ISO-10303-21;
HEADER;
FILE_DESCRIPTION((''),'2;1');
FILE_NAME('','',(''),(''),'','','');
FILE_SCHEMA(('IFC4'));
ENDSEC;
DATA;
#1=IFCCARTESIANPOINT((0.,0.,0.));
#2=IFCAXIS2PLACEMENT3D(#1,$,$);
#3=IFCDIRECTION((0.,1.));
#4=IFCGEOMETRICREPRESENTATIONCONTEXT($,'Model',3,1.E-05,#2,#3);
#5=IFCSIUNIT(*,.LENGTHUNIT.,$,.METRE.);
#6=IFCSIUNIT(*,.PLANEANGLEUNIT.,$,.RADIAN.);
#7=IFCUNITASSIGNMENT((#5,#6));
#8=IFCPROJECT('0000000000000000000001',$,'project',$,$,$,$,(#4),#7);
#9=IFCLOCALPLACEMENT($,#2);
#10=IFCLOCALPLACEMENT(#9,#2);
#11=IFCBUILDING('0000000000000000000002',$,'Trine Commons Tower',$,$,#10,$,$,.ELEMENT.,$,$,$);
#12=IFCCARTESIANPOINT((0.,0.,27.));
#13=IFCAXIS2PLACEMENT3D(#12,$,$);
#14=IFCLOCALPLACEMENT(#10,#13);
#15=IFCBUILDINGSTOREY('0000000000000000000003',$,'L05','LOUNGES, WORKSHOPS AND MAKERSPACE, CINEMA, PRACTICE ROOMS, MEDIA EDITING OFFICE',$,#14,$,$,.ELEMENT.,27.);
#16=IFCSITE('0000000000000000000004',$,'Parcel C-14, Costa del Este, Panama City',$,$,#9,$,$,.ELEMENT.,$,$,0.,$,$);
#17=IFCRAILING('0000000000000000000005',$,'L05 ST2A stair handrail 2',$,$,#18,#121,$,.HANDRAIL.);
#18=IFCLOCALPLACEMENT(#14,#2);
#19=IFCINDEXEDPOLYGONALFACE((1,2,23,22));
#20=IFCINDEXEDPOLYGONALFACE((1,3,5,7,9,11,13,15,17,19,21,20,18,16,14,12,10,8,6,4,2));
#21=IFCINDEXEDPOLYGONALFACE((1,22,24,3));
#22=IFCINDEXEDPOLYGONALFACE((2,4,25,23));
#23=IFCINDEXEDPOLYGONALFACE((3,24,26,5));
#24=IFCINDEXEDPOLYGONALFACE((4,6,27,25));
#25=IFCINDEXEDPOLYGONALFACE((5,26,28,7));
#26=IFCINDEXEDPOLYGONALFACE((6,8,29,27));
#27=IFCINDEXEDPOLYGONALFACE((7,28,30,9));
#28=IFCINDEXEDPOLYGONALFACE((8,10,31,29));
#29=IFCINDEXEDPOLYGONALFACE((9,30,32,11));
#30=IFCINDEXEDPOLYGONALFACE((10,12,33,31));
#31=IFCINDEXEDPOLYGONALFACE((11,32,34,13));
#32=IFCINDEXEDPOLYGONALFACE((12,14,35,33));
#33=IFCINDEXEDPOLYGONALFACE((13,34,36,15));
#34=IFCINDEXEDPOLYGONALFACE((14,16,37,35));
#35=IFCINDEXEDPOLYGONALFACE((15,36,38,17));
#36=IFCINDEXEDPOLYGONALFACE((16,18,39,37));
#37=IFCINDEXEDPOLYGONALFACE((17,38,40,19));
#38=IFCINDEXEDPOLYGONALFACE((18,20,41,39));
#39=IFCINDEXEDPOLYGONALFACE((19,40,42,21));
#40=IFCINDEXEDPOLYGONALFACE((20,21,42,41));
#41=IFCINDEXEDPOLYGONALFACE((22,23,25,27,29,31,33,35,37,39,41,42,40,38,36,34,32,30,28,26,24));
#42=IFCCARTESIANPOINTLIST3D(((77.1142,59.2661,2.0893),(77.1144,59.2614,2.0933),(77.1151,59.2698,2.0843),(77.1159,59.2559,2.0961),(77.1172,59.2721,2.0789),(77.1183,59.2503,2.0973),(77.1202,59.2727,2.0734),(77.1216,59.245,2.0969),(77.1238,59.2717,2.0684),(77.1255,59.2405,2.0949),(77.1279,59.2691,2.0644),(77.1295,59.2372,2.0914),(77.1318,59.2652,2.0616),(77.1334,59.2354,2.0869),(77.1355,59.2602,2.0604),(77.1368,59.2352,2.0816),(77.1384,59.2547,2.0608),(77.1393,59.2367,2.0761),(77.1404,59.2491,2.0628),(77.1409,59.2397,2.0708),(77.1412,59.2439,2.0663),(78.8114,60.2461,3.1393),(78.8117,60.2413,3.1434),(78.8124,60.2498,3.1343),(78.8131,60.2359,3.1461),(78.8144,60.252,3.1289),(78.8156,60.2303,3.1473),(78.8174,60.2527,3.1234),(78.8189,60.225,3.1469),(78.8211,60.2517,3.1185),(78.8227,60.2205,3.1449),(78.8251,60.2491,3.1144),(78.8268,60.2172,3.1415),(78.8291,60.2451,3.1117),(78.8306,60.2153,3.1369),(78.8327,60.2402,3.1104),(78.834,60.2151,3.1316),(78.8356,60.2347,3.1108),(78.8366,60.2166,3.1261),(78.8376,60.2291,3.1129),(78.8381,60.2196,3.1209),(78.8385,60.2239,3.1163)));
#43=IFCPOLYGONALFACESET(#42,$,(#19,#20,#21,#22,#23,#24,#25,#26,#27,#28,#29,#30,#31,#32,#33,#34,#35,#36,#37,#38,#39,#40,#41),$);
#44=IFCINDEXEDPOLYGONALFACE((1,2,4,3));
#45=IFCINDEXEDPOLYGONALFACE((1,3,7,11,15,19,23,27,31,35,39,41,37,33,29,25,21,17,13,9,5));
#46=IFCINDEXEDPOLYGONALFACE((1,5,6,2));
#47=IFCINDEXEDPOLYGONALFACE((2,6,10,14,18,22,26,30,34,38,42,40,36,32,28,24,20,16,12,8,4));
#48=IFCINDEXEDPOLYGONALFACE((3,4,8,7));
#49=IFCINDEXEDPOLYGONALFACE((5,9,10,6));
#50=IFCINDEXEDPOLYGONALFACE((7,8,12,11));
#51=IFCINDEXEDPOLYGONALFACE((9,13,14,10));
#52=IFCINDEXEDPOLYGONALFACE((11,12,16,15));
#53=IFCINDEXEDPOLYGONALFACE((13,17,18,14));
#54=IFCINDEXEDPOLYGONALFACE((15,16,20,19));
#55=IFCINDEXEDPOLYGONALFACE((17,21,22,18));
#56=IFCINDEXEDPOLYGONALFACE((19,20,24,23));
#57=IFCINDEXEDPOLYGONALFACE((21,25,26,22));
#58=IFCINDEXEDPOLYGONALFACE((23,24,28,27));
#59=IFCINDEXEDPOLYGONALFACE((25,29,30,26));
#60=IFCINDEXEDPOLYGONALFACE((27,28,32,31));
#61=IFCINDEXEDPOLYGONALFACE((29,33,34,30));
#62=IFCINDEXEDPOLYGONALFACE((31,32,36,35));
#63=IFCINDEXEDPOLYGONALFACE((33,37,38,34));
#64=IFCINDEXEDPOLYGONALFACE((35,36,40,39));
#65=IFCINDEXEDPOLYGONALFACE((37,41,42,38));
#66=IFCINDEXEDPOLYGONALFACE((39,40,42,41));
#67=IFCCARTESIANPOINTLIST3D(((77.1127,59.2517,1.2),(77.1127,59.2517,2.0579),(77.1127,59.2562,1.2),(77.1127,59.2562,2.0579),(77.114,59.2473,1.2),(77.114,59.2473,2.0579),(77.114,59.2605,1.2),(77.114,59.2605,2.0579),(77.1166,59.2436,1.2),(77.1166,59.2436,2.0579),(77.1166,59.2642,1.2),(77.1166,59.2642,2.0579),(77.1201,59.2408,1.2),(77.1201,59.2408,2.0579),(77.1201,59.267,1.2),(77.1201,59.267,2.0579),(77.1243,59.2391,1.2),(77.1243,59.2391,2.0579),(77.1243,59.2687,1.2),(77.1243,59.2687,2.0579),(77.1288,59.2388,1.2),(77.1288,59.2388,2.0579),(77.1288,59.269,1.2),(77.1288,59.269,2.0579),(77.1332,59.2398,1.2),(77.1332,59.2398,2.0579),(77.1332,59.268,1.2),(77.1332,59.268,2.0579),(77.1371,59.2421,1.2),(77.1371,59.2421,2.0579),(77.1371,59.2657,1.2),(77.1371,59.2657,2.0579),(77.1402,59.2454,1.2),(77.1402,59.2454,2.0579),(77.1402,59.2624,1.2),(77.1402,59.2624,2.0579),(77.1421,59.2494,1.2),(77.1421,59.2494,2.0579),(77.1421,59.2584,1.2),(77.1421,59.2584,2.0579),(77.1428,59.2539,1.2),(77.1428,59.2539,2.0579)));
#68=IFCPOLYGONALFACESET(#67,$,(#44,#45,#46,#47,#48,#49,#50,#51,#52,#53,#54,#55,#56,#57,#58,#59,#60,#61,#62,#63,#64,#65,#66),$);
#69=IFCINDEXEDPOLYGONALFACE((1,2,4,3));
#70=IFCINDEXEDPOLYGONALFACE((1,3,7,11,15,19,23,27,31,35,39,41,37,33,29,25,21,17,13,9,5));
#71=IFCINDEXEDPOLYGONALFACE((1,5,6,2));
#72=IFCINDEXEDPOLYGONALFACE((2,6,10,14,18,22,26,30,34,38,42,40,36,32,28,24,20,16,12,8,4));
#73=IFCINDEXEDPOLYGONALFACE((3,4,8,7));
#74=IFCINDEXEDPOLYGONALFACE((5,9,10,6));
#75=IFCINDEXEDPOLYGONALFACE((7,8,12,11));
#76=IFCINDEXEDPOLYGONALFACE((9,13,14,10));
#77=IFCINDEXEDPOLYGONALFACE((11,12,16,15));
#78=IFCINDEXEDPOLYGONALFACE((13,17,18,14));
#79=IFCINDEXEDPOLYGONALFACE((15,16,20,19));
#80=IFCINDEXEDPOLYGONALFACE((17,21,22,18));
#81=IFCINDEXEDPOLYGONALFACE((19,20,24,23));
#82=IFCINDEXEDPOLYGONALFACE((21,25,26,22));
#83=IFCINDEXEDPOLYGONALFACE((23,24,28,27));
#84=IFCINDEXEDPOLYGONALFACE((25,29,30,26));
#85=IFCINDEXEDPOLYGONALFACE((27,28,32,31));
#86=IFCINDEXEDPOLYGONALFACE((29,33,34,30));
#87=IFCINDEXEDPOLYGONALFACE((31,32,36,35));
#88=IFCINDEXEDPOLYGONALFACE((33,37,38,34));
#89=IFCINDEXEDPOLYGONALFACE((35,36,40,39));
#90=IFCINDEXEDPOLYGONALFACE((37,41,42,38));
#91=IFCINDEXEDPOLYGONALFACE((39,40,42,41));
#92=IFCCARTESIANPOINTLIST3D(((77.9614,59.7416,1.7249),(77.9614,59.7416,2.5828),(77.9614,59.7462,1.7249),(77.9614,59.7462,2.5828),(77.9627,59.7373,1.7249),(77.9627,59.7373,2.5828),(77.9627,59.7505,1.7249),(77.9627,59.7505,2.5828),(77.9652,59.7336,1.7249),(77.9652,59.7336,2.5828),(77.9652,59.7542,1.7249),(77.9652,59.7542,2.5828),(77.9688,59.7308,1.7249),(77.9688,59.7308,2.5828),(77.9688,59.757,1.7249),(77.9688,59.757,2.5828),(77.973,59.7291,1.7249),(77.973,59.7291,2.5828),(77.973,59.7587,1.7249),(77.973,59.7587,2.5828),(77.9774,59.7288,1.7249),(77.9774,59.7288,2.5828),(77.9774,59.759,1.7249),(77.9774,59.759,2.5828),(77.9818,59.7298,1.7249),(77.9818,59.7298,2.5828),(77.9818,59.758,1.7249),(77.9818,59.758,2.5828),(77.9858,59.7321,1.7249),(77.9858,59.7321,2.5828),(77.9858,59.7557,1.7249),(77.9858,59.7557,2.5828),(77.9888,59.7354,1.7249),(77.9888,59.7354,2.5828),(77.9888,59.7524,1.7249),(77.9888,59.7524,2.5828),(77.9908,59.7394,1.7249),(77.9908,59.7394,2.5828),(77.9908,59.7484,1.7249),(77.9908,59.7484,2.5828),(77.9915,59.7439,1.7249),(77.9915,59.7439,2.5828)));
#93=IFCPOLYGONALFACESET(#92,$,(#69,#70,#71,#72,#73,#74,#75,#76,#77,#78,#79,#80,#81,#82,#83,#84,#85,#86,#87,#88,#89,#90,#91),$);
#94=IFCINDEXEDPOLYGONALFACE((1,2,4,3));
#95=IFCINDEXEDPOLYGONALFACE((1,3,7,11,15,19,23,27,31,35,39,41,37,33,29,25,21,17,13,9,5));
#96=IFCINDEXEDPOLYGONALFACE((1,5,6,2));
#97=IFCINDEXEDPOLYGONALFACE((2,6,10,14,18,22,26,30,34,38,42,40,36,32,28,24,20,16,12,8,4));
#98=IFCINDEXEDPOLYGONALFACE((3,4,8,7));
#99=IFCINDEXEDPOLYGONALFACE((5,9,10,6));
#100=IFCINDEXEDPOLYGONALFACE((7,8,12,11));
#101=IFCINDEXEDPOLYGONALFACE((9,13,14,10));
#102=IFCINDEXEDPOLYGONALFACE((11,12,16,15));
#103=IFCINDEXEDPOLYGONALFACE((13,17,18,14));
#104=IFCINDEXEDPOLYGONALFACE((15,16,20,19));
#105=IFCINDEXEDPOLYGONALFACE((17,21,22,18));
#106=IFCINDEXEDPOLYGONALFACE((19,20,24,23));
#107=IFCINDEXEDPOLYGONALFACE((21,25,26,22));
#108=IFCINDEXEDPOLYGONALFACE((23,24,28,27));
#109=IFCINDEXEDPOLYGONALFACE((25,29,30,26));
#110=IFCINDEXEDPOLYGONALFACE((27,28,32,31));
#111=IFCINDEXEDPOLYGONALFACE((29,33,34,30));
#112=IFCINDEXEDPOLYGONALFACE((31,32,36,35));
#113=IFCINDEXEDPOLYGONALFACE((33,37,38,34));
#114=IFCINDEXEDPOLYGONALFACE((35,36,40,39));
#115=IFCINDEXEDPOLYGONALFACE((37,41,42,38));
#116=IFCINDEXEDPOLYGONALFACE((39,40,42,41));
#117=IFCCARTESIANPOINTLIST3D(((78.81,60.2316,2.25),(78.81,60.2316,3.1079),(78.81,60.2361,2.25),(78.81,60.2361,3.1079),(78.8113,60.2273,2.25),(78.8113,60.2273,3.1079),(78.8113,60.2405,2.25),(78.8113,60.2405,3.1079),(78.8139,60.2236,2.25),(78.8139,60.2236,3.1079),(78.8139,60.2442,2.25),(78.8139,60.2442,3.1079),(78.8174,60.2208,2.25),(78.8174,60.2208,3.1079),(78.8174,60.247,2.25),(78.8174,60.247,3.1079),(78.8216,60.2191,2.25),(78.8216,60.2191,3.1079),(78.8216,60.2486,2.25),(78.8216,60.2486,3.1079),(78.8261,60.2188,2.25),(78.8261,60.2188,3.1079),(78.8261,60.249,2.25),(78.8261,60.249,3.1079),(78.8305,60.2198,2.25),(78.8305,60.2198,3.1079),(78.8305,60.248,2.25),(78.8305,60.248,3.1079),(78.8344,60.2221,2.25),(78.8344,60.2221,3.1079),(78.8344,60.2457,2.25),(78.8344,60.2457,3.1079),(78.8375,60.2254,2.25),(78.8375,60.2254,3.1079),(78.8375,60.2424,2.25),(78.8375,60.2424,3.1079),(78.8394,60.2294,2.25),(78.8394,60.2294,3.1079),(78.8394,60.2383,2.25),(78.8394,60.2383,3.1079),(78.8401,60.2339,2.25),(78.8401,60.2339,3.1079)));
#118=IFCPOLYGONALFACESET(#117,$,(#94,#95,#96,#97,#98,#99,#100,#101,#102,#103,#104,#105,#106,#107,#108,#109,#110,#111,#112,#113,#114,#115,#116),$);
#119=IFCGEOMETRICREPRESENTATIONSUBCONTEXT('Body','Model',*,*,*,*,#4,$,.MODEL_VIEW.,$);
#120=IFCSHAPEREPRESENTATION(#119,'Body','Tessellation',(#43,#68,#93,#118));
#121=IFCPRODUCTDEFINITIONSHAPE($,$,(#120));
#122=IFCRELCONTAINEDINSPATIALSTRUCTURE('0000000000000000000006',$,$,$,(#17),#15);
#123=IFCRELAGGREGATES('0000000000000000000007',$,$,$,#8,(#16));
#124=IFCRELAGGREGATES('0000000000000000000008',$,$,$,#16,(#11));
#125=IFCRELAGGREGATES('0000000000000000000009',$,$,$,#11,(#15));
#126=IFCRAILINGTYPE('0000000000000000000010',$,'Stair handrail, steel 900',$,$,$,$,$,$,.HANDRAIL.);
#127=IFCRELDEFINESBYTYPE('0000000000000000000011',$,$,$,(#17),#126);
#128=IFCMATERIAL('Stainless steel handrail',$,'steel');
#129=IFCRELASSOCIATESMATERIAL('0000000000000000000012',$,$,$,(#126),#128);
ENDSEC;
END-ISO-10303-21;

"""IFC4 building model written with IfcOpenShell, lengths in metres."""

from ifc_helpers import new_model, si_unit, direction, frame, origin, origin_2d, place, context, subcontext, project, spatial, circle, extrude, material, type_object, element, save


model = new_model("IFC4")

# Units and contexts
model_context = context("Model", 3, precision=1e-05, world=origin(), true_north=direction((0.0, 1.0)))
body_context = subcontext(model_context, "Body", "Model", "MODEL_VIEW")
ifc_project = project(units=[si_unit("LENGTHUNIT", "METRE"), si_unit("PLANEANGLEUNIT", "RADIAN")], contexts=[model_context])

# Site, building, storey
site_placement = place(None, origin())
site = spatial("IfcSite", under=ifc_project, at=site_placement, Name="Parcel C-14, Costa del Este, Panama City", CompositionType="ELEMENT", RefElevation=0.0)
building_placement = place(site_placement, origin())
building = spatial("IfcBuilding", under=site, at=building_placement, Name="Trine Commons Tower", CompositionType="ELEMENT")
storey_placement = place(building_placement, frame((0.0, 0.0, 27.0)))
storey = spatial("IfcBuildingStorey", under=building, at=storey_placement, Name="L05", Description="LOUNGES, WORKSHOPS AND MAKERSPACE, CINEMA, PRACTICE ROOMS, MEDIA EDITING OFFICE", CompositionType="ELEMENT", Elevation=27.0)

# Railing
ifc_material_1 = material(Name="Stainless steel handrail", Category="steel")
railing_type_1 = type_object("IfcRailingType", Name="Stair handrail, steel 900", PredefinedType="HANDRAIL", material=ifc_material_1)
railing_1_placement = place(storey_placement, frame((77.1277, 59.2539, 1.2)))
element("IfcRailing", 1, at=railing_1_placement, inside=storey, type_object=railing_type_1, Name="L05 ST2A stair handrail 2", PredefinedType="HANDRAIL", context=body_context, shape_type="SweptSolid", body=[
    extrude(circle(Radius=0.021, at=origin_2d()), frame((0.0, 0.0, 0.8789), z_axis=(0.763352, 0.44075, 0.472264), x_axis=(-0.500024, 0.866011, 0.0)), (0.0, 0.0, 1.0), 2.2234),
    extrude(circle(Radius=0.0151, at=origin_2d()), origin(), (0.0, 0.0, 1.0), 0.8579),
    extrude(circle(Radius=0.0151, at=origin_2d()), frame((0.8486, 0.49, 0.5249)), (0.0, 0.0, 1.0), 0.8579),
    extrude(circle(Radius=0.0151, at=origin_2d()), frame((1.6973, 0.98, 1.05)), (0.0, 0.0, 1.0), 0.8579),
])

save(model, "model.ifc")
